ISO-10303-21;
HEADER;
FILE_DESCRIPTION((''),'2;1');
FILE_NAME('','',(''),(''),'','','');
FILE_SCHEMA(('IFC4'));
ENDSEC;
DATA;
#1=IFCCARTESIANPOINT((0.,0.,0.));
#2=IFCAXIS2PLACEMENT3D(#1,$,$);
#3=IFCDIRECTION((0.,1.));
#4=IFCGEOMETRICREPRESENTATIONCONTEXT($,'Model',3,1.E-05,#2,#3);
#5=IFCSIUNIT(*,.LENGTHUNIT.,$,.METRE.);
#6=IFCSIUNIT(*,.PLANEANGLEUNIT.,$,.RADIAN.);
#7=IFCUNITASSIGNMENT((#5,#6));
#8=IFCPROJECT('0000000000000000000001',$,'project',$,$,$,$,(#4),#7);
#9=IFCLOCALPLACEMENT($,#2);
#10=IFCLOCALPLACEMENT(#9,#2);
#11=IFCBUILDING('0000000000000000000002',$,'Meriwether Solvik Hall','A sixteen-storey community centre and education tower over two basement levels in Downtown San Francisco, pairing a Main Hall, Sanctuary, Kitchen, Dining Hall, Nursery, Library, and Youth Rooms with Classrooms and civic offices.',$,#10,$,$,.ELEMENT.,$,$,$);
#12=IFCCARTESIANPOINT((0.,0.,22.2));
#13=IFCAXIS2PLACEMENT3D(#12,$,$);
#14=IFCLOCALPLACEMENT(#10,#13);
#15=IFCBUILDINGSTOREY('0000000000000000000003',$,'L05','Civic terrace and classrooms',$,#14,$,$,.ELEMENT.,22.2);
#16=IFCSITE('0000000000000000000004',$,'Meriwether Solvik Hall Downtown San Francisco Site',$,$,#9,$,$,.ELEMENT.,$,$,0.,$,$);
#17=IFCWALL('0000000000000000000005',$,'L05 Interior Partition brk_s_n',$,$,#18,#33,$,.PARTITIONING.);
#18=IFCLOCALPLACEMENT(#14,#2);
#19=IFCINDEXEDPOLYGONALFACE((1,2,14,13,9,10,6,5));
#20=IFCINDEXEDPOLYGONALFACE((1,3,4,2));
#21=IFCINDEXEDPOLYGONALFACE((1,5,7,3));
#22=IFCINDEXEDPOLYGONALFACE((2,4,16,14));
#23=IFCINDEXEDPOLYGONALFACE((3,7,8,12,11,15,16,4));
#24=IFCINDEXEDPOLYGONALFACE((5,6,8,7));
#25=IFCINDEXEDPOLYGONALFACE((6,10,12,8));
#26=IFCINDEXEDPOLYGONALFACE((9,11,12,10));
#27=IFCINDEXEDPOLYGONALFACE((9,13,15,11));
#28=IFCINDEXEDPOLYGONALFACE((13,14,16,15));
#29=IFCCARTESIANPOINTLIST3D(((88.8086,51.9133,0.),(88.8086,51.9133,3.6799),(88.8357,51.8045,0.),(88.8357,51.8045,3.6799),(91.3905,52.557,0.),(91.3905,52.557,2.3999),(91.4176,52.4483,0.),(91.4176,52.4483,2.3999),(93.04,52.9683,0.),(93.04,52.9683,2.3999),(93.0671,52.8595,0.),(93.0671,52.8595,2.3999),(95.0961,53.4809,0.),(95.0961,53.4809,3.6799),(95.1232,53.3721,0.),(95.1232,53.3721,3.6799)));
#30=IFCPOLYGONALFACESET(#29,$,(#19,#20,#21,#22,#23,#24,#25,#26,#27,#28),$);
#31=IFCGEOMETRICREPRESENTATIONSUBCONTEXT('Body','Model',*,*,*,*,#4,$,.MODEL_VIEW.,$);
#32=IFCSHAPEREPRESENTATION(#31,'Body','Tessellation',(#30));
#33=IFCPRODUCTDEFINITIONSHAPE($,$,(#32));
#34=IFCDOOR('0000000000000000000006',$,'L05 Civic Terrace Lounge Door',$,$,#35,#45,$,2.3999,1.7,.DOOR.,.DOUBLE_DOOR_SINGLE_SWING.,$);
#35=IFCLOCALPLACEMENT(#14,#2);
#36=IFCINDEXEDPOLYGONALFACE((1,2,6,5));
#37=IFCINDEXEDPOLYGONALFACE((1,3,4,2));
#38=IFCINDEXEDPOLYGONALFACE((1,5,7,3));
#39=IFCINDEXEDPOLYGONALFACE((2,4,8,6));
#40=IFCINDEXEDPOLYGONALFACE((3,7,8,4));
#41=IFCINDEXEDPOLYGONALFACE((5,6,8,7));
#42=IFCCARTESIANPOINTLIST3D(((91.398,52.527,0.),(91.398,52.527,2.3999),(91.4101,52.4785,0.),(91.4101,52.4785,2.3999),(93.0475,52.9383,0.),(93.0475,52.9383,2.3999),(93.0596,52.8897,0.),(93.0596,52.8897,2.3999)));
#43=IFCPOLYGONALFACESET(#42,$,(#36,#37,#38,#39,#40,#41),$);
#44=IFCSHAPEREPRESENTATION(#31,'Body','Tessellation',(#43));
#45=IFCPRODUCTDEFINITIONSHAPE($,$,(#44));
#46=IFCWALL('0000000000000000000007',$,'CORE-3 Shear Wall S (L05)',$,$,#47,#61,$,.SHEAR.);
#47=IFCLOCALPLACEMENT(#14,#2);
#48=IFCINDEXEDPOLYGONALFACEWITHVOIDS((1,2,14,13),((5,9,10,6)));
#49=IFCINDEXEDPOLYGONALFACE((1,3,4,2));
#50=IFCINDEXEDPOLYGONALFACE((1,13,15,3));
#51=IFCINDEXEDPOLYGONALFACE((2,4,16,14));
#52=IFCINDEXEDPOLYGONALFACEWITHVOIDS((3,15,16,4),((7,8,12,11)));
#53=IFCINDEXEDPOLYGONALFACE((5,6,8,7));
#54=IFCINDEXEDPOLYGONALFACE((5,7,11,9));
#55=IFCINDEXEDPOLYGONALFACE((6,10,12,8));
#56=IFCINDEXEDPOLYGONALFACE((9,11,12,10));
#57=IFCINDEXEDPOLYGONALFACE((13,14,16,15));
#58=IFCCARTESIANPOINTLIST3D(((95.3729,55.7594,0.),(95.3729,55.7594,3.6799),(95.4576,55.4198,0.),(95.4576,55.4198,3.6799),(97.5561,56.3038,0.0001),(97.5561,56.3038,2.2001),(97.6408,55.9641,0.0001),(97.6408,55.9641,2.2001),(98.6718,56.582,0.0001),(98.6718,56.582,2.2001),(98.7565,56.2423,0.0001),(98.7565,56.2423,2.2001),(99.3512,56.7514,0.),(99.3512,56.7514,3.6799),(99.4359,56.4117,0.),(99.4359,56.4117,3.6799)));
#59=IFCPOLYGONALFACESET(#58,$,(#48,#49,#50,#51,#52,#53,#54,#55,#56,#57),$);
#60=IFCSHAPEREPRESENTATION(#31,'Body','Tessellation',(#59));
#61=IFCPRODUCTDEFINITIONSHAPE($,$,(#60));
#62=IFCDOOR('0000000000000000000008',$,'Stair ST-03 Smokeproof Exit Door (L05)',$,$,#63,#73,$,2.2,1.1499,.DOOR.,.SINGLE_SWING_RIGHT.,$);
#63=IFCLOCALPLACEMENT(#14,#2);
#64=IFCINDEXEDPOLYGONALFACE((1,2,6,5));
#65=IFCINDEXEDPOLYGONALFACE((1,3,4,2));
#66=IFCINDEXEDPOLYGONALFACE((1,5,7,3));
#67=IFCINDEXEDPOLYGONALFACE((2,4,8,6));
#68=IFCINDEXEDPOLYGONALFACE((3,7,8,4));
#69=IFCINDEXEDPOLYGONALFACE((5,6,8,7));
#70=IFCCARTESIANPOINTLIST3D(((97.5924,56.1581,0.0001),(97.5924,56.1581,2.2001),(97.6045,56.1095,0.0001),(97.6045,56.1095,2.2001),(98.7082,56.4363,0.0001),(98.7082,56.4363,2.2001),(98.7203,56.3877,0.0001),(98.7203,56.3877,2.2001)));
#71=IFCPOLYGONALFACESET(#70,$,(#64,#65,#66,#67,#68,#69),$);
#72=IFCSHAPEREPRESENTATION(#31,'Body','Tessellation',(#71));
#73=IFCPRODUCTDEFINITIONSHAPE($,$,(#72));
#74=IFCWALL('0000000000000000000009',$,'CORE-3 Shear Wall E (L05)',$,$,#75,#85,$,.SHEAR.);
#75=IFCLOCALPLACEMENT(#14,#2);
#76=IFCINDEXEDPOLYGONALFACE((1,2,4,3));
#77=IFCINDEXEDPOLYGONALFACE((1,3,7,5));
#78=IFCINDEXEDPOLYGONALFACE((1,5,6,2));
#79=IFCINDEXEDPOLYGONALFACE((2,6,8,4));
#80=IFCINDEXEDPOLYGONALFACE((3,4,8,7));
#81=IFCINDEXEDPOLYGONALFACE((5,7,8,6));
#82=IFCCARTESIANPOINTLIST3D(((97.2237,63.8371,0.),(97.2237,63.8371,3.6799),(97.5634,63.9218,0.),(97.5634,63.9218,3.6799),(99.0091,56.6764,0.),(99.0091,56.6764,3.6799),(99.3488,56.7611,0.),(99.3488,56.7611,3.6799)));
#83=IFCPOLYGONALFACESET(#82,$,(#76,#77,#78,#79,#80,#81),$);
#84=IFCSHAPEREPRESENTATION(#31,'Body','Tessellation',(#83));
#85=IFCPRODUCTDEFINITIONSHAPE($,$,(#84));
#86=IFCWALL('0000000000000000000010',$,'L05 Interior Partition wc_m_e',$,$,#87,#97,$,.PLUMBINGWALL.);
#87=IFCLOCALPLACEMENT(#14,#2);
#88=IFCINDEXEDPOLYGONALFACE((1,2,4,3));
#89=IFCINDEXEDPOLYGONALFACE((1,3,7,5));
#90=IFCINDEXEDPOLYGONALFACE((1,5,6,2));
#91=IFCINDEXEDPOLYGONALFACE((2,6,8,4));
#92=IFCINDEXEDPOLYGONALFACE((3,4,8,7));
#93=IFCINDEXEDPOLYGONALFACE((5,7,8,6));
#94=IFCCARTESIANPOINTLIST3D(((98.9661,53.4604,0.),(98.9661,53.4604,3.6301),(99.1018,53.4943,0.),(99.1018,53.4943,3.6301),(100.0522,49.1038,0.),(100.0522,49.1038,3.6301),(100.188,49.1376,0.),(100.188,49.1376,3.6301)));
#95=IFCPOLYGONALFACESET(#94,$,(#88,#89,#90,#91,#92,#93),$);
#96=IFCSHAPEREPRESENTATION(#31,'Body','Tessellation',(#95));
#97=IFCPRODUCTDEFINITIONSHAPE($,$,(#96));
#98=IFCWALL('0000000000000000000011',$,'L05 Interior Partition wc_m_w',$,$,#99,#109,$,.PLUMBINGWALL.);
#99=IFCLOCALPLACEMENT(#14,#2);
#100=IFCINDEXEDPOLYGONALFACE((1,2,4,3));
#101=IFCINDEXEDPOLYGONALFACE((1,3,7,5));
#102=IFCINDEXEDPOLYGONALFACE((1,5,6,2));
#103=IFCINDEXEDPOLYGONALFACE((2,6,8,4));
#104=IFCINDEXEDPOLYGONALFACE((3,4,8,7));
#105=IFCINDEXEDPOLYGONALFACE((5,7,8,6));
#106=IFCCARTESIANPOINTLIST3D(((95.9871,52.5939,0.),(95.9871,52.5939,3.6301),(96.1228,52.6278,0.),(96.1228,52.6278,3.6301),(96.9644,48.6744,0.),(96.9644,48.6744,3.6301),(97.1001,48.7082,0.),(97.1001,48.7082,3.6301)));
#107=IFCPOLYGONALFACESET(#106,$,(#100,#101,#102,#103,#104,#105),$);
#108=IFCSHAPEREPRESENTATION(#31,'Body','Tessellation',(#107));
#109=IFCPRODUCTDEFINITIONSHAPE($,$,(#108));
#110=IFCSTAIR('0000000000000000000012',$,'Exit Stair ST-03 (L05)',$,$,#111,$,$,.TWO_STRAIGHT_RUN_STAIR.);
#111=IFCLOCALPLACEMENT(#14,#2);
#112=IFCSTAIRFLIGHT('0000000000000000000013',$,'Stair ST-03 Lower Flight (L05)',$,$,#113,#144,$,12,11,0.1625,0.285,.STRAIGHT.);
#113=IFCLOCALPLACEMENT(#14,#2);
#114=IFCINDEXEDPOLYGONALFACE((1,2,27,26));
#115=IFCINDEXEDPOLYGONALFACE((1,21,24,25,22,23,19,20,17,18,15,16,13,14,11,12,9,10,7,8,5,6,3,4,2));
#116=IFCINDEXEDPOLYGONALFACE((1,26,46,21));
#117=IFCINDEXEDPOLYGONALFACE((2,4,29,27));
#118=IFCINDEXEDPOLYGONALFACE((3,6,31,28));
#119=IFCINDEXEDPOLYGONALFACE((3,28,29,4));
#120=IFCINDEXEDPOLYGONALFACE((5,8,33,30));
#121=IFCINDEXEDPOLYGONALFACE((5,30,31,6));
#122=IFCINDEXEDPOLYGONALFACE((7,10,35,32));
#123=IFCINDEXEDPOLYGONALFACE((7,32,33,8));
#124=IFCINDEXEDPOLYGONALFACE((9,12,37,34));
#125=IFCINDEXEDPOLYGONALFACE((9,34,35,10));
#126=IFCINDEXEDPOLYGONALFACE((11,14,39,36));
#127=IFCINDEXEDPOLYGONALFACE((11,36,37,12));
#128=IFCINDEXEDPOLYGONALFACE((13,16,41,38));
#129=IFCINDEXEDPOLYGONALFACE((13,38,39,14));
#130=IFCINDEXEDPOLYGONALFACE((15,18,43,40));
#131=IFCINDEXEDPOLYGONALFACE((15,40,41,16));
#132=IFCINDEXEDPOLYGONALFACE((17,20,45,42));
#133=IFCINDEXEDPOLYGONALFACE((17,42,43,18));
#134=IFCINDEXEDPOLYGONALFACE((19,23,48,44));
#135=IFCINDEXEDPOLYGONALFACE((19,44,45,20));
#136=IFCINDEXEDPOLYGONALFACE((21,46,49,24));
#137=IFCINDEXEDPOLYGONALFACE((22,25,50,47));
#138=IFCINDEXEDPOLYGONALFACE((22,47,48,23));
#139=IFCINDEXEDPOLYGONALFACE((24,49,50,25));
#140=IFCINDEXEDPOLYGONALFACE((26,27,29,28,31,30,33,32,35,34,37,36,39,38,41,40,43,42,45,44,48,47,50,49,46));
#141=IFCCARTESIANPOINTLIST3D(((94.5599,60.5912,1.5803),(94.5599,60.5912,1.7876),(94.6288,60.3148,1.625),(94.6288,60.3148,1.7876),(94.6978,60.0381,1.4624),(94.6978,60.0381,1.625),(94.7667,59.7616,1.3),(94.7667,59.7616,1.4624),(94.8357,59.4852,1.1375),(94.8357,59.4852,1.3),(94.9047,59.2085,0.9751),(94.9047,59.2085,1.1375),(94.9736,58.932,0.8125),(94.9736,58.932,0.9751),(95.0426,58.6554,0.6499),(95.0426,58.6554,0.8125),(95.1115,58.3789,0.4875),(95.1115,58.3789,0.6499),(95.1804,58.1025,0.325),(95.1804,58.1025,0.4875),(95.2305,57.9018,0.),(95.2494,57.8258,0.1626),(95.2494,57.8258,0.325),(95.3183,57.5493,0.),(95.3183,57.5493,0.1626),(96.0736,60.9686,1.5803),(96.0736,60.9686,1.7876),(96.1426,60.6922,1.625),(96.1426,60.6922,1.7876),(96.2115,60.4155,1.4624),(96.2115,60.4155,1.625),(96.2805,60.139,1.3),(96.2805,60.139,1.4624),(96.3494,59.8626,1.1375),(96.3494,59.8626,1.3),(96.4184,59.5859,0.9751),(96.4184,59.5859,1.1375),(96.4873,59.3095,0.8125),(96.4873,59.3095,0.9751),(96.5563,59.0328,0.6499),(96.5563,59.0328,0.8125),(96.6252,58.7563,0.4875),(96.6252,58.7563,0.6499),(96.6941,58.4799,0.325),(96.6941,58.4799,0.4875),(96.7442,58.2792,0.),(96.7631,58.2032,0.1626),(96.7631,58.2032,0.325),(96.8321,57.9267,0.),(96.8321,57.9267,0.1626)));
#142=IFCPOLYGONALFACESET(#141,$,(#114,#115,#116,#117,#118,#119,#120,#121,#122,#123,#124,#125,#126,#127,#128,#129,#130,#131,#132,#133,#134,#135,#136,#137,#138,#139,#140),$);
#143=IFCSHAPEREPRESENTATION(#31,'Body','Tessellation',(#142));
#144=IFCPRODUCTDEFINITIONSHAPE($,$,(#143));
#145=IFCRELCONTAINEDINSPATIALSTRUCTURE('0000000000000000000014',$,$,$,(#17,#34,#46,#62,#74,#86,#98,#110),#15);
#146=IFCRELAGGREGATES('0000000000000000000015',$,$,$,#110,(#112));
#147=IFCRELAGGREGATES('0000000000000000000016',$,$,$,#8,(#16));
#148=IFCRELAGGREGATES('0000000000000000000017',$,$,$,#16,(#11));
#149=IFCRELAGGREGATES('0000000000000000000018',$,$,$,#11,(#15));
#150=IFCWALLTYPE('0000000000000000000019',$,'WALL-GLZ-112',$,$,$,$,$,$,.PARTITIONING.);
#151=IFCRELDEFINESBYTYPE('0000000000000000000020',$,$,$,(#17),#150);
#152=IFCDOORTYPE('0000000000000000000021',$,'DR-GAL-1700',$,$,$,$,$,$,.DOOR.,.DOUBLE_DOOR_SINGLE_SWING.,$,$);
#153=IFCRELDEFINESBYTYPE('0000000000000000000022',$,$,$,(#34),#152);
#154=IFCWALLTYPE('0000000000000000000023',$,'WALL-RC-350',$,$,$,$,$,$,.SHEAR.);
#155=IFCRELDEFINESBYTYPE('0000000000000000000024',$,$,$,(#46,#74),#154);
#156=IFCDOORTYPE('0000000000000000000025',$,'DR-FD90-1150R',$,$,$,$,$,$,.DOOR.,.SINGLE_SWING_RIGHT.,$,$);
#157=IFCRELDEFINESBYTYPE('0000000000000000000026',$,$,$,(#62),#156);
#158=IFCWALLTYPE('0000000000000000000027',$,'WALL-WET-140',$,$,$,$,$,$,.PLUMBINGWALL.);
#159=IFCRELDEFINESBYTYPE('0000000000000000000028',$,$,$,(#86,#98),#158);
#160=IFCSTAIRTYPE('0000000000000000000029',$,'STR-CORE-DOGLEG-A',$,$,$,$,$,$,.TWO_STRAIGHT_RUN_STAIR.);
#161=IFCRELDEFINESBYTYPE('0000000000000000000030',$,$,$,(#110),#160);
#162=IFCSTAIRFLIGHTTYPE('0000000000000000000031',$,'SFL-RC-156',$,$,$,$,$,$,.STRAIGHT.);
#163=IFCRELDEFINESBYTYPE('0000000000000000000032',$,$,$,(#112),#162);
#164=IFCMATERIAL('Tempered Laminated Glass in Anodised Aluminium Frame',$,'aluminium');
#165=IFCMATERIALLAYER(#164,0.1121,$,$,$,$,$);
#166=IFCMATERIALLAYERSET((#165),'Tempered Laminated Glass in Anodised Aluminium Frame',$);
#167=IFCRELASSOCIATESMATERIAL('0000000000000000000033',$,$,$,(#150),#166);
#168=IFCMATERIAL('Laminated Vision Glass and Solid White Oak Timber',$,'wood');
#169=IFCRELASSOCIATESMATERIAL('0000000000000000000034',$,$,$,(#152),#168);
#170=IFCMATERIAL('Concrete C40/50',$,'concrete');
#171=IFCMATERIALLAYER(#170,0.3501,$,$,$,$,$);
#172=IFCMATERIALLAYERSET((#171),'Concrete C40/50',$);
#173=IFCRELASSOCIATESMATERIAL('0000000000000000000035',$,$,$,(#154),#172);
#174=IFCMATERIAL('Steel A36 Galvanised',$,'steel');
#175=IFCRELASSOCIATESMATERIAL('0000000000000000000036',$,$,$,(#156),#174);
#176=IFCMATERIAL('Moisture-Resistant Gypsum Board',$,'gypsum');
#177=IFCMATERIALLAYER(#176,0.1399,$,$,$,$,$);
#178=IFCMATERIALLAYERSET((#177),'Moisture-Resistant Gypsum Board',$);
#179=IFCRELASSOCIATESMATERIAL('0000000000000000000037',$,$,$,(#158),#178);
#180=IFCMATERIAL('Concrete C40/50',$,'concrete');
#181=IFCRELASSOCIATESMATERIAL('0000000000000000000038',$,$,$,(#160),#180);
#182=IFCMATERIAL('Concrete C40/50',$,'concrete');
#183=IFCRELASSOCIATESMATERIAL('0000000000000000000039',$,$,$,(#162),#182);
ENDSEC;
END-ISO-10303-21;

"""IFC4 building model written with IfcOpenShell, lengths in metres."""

from ifc_helpers import new_model, si_unit, direction, frame, frame_2d, origin, place, context, subcontext, project, spatial, polyline, rectangle, outline, extrude, material, layer, layer_set, type_object, element, fill, aggregate, save


model = new_model("IFC4")

# Units and contexts
model_context = context("Model", 3, precision=1e-05, world=origin(), true_north=direction((0.0, 1.0)))
body_context = subcontext(model_context, "Body", "Model", "MODEL_VIEW")
ifc_project = project(units=[si_unit("LENGTHUNIT", "METRE"), si_unit("PLANEANGLEUNIT", "RADIAN")], contexts=[model_context])

# Site, building, storey
site_placement = place(None, origin())
site = spatial("IfcSite", under=ifc_project, at=site_placement, Name="Meriwether Solvik Hall Downtown San Francisco Site", CompositionType="ELEMENT", RefElevation=0.0)
building_placement = place(site_placement, origin())
building = spatial("IfcBuilding", under=site, at=building_placement, Name="Meriwether Solvik Hall", Description="A sixteen-storey community centre and education tower over two basement levels in Downtown San Francisco, pairing a Main Hall, Sanctuary, Kitchen, Dining Hall, Nursery, Library, and Youth Rooms with Classrooms and civic offices.", CompositionType="ELEMENT")
storey_placement = place(building_placement, frame((0.0, 0.0, 22.2)))
storey = spatial("IfcBuildingStorey", under=building, at=storey_placement, Name="L05", Description="Civic terrace and classrooms", CompositionType="ELEMENT", Elevation=22.2)

# Shared definitions
ifc_material_1 = material(Name="Tempered Laminated Glass in Anodised Aluminium Frame", Category="aluminium")
ifc_layer_1 = layer(ifc_material_1, 0.1121)
ifc_layer_set_1 = layer_set([ifc_layer_1], Name="Tempered Laminated Glass in Anodised Aluminium Frame")
wall_type_1 = type_object("IfcWallType", Name="WALL-GLZ-112", PredefinedType="PARTITIONING", material=ifc_layer_set_1)

# Walls, openings, doors
wall_1_placement = place(storey_placement, frame((95.1096, 53.4265, 0.0), z_axis=(0.0, 0.0, 1.0), x_axis=(-0.970297, -0.241915, 0.0)))
wall_1 = element("IfcWall", 1, at=wall_1_placement, inside=storey, type_object=wall_type_1, Name="L05 Interior Partition brk_s_n", PredefinedType="PARTITIONING", context=body_context, shape_type="SweptSolid", body=[
    extrude(rectangle(XDim=6.48, YDim=0.1121, at=frame_2d((3.24, 0.0))), origin(), (0.0, 0.0, 1.0), 3.6799),
])
opening_1_placement = place(wall_1_placement, frame((2.1189, 0.0, 0.0)))
opening_1 = element("IfcOpeningElement", 2, at=opening_1_placement, cuts=wall_1, PredefinedType="OPENING", context=body_context, shape_type="SweptSolid", body=[
    extrude(rectangle(XDim=1.7, YDim=2.3999, at=frame_2d((0.8501, 1.2))), frame((0.0, 0.0679, 0.0), z_axis=(0.0, -1.0, 0.0), x_axis=(1.0, 0.0, 0.0)), (0.0, 0.0, 1.0), 0.136),
])
ifc_material_2 = material(Name="Laminated Vision Glass and Solid White Oak Timber", Category="wood")
door_type_1 = type_object("IfcDoorType", Name="DR-GAL-1700", OperationType="DOUBLE_DOOR_SINGLE_SWING", PredefinedType="DOOR", material=ifc_material_2)
door_1_placement = place(opening_1_placement, origin())
door_1 = element("IfcDoor", 3, at=door_1_placement, inside=storey, type_object=door_type_1, Name="L05 Civic Terrace Lounge Door", OperationType="DOUBLE_DOOR_SINGLE_SWING", OverallHeight=2.3999, OverallWidth=1.7, PredefinedType="DOOR", context=body_context, shape_type="SweptSolid", body=[
    extrude(rectangle(XDim=1.7, YDim=2.3999, at=frame_2d((0.8501, 1.2))), frame((0.0, 0.0249, 0.0), z_axis=(0.0, -1.0, 0.0), x_axis=(1.0, 0.0, 0.0)), (0.0, 0.0, 1.0), 0.05),
])
fill(opening_1, door_1)
ifc_material_3 = material(Name="Concrete C40/50", Category="concrete")
ifc_layer_2 = layer(ifc_material_3, 0.3501)
ifc_layer_set_2 = layer_set([ifc_layer_2], Name="Concrete C40/50")
wall_type_2 = type_object("IfcWallType", Name="WALL-RC-350", PredefinedType="SHEAR", material=ifc_layer_set_2)
wall_2_placement = place(storey_placement, frame((95.4153, 55.5896, 0.0), z_axis=(0.0, 0.0, 1.0), x_axis=(0.970293, 0.241933, 0.0)))
wall_2 = element("IfcWall", 4, at=wall_2_placement, inside=storey, type_object=wall_type_2, Name="CORE-3 Shear Wall S (L05)", PredefinedType="SHEAR", context=body_context, shape_type="SweptSolid", body=[
    extrude(rectangle(XDim=4.1001, YDim=0.3501, at=frame_2d((2.05, 0.0))), origin(), (0.0, 0.0, 1.0), 3.6799),
])
opening_2_placement = place(wall_2_placement, frame((2.25, 0.0, 0.0)))
opening_2 = element("IfcOpeningElement", 5, at=opening_2_placement, cuts=wall_2, PredefinedType="OPENING", context=body_context, shape_type="SweptSolid", body=[
    extrude(rectangle(XDim=1.1499, YDim=2.2, at=frame_2d((0.575, 1.1001))), frame((0.0, 0.187, 0.0), z_axis=(0.0, -1.0, 0.0), x_axis=(1.0, 0.0, 0.0)), (0.0, 0.0, 1.0), 0.374),
])
ifc_material_4 = material(Name="Steel A36 Galvanised", Category="steel")
door_type_2 = type_object("IfcDoorType", Name="DR-FD90-1150R", OperationType="SINGLE_SWING_RIGHT", PredefinedType="DOOR", material=ifc_material_4)
door_2_placement = place(opening_2_placement, origin())
door_2 = element("IfcDoor", 6, at=door_2_placement, inside=storey, type_object=door_type_2, Name="Stair ST-03 Smokeproof Exit Door (L05)", OperationType="SINGLE_SWING_RIGHT", OverallHeight=2.2, OverallWidth=1.1499, PredefinedType="DOOR", context=body_context, shape_type="SweptSolid", body=[
    extrude(rectangle(XDim=1.1499, YDim=2.2, at=frame_2d((0.575, 1.1001))), frame((0.0, 0.0249, 0.0), z_axis=(0.0, -1.0, 0.0), x_axis=(1.0, 0.0, 0.0)), (0.0, 0.0, 1.0), 0.05),
])
fill(opening_2, door_2)

# Walls
wall_3_placement = place(storey_placement, frame((99.179, 56.7188, 0.0), z_axis=(0.0, 0.0, 1.0), x_axis=(-0.241928, 0.970294, 0.0)))
element("IfcWall", 7, at=wall_3_placement, inside=storey, type_object=wall_type_2, Name="CORE-3 Shear Wall E (L05)", PredefinedType="SHEAR", context=body_context, shape_type="SweptSolid", body=[
    extrude(rectangle(XDim=7.3799, YDim=0.3501, at=frame_2d((3.6899, 0.0))), origin(), (0.0, 0.0, 1.0), 3.6799),
])
ifc_material_5 = material(Name="Moisture-Resistant Gypsum Board", Category="gypsum")
ifc_layer_3 = layer(ifc_material_5, 0.1399)
ifc_layer_set_3 = layer_set([ifc_layer_3], Name="Moisture-Resistant Gypsum Board")
wall_type_3 = type_object("IfcWallType", Name="WALL-WET-140", PredefinedType="PLUMBINGWALL", material=ifc_layer_set_3)
wall_4_placement = place(storey_placement, frame((100.1201, 49.1206, 0.0), z_axis=(0.0, 0.0, 1.0), x_axis=(-0.241909, 0.970299, 0.0)))
element("IfcWall", 8, at=wall_4_placement, inside=storey, type_object=wall_type_3, Name="L05 Interior Partition wc_m_e", PredefinedType="PLUMBINGWALL", context=body_context, shape_type="SweptSolid", body=[
    extrude(rectangle(XDim=4.49, YDim=0.1399, at=frame_2d((2.2451, 0.0))), origin(), (0.0, 0.0, 1.0), 3.6301),
])

# Wall
wall_5_placement = place(storey_placement, frame((96.0549, 52.6108, 0.0), z_axis=(0.0, 0.0, 1.0), x_axis=(0.241938, -0.970292, 0.0)))
element("IfcWall", 9, at=wall_5_placement, inside=storey, type_object=wall_type_3, Name="L05 Interior Partition wc_m_w", PredefinedType="PLUMBINGWALL", context=body_context, shape_type="SweptSolid", body=[
    extrude(rectangle(XDim=4.0396, YDim=0.1399, at=frame_2d((2.0198, 0.0))), origin(), (0.0, 0.0, 1.0), 3.6301),
])

# Stair, stair flight
ifc_material_6 = material(Name="Concrete C40/50", Category="concrete")
stair_type = type_object("IfcStairType", Name="STR-CORE-DOGLEG-A", PredefinedType="TWO_STRAIGHT_RUN_STAIR", material=ifc_material_6)
stair_placement = place(storey_placement, origin())
stair = element("IfcStair", 10, at=stair_placement, inside=storey, type_object=stair_type, Name="Exit Stair ST-03 (L05)", PredefinedType="TWO_STRAIGHT_RUN_STAIR")
ifc_material_7 = material(Name="Concrete C40/50", Category="concrete")
stair_flight_type = type_object("IfcStairFlightType", Name="SFL-RC-156", PredefinedType="STRAIGHT", material=ifc_material_7)
stair_flight_placement = place(storey_placement, frame((96.0752, 57.738, 0.0), z_axis=(0.0, 0.0, 1.0), x_axis=(-0.241922, 0.970296, 0.0)))
stair_flight = element("IfcStairFlight", 11, at=stair_flight_placement, type_object=stair_flight_type, Name="Stair ST-03 Lower Flight (L05)", NumberOfRisers=12, NumberOfTreads=11, PredefinedType="STRAIGHT", RiserHeight=0.1625, TreadLength=0.285, context=body_context, shape_type="SweptSolid", body=[
    extrude(outline(polyline([(0.0, 0.0), (0.0, 0.1626), (0.2849, 0.1626), (0.2849, 0.325), (0.5701, 0.325), (0.5701, 0.4875), (0.855, 0.4875), (0.855, 0.6499), (1.1399, 0.6499), (1.1399, 0.8125), (1.425, 0.8125), (1.425, 0.9751), (1.71, 0.9751), (1.71, 1.1375), (1.9951, 1.1375), (1.9951, 1.3), (2.28, 1.3), (2.28, 1.4624), (2.5649, 1.4624), (2.5649, 1.625), (2.8501, 1.625), (2.8501, 1.7876), (3.135, 1.7876), (3.135, 1.95), (3.135, 1.5803), (0.3633, 0.0), (0.0, 0.0)])), frame((0.0, 0.78, 0.0), z_axis=(0.0, -1.0, 0.0), x_axis=(1.0, 0.0, 0.0)), (0.0, 0.0, 1.0), 1.5601),
])
aggregate(stair, [stair_flight])

save(model, "model.ifc")
